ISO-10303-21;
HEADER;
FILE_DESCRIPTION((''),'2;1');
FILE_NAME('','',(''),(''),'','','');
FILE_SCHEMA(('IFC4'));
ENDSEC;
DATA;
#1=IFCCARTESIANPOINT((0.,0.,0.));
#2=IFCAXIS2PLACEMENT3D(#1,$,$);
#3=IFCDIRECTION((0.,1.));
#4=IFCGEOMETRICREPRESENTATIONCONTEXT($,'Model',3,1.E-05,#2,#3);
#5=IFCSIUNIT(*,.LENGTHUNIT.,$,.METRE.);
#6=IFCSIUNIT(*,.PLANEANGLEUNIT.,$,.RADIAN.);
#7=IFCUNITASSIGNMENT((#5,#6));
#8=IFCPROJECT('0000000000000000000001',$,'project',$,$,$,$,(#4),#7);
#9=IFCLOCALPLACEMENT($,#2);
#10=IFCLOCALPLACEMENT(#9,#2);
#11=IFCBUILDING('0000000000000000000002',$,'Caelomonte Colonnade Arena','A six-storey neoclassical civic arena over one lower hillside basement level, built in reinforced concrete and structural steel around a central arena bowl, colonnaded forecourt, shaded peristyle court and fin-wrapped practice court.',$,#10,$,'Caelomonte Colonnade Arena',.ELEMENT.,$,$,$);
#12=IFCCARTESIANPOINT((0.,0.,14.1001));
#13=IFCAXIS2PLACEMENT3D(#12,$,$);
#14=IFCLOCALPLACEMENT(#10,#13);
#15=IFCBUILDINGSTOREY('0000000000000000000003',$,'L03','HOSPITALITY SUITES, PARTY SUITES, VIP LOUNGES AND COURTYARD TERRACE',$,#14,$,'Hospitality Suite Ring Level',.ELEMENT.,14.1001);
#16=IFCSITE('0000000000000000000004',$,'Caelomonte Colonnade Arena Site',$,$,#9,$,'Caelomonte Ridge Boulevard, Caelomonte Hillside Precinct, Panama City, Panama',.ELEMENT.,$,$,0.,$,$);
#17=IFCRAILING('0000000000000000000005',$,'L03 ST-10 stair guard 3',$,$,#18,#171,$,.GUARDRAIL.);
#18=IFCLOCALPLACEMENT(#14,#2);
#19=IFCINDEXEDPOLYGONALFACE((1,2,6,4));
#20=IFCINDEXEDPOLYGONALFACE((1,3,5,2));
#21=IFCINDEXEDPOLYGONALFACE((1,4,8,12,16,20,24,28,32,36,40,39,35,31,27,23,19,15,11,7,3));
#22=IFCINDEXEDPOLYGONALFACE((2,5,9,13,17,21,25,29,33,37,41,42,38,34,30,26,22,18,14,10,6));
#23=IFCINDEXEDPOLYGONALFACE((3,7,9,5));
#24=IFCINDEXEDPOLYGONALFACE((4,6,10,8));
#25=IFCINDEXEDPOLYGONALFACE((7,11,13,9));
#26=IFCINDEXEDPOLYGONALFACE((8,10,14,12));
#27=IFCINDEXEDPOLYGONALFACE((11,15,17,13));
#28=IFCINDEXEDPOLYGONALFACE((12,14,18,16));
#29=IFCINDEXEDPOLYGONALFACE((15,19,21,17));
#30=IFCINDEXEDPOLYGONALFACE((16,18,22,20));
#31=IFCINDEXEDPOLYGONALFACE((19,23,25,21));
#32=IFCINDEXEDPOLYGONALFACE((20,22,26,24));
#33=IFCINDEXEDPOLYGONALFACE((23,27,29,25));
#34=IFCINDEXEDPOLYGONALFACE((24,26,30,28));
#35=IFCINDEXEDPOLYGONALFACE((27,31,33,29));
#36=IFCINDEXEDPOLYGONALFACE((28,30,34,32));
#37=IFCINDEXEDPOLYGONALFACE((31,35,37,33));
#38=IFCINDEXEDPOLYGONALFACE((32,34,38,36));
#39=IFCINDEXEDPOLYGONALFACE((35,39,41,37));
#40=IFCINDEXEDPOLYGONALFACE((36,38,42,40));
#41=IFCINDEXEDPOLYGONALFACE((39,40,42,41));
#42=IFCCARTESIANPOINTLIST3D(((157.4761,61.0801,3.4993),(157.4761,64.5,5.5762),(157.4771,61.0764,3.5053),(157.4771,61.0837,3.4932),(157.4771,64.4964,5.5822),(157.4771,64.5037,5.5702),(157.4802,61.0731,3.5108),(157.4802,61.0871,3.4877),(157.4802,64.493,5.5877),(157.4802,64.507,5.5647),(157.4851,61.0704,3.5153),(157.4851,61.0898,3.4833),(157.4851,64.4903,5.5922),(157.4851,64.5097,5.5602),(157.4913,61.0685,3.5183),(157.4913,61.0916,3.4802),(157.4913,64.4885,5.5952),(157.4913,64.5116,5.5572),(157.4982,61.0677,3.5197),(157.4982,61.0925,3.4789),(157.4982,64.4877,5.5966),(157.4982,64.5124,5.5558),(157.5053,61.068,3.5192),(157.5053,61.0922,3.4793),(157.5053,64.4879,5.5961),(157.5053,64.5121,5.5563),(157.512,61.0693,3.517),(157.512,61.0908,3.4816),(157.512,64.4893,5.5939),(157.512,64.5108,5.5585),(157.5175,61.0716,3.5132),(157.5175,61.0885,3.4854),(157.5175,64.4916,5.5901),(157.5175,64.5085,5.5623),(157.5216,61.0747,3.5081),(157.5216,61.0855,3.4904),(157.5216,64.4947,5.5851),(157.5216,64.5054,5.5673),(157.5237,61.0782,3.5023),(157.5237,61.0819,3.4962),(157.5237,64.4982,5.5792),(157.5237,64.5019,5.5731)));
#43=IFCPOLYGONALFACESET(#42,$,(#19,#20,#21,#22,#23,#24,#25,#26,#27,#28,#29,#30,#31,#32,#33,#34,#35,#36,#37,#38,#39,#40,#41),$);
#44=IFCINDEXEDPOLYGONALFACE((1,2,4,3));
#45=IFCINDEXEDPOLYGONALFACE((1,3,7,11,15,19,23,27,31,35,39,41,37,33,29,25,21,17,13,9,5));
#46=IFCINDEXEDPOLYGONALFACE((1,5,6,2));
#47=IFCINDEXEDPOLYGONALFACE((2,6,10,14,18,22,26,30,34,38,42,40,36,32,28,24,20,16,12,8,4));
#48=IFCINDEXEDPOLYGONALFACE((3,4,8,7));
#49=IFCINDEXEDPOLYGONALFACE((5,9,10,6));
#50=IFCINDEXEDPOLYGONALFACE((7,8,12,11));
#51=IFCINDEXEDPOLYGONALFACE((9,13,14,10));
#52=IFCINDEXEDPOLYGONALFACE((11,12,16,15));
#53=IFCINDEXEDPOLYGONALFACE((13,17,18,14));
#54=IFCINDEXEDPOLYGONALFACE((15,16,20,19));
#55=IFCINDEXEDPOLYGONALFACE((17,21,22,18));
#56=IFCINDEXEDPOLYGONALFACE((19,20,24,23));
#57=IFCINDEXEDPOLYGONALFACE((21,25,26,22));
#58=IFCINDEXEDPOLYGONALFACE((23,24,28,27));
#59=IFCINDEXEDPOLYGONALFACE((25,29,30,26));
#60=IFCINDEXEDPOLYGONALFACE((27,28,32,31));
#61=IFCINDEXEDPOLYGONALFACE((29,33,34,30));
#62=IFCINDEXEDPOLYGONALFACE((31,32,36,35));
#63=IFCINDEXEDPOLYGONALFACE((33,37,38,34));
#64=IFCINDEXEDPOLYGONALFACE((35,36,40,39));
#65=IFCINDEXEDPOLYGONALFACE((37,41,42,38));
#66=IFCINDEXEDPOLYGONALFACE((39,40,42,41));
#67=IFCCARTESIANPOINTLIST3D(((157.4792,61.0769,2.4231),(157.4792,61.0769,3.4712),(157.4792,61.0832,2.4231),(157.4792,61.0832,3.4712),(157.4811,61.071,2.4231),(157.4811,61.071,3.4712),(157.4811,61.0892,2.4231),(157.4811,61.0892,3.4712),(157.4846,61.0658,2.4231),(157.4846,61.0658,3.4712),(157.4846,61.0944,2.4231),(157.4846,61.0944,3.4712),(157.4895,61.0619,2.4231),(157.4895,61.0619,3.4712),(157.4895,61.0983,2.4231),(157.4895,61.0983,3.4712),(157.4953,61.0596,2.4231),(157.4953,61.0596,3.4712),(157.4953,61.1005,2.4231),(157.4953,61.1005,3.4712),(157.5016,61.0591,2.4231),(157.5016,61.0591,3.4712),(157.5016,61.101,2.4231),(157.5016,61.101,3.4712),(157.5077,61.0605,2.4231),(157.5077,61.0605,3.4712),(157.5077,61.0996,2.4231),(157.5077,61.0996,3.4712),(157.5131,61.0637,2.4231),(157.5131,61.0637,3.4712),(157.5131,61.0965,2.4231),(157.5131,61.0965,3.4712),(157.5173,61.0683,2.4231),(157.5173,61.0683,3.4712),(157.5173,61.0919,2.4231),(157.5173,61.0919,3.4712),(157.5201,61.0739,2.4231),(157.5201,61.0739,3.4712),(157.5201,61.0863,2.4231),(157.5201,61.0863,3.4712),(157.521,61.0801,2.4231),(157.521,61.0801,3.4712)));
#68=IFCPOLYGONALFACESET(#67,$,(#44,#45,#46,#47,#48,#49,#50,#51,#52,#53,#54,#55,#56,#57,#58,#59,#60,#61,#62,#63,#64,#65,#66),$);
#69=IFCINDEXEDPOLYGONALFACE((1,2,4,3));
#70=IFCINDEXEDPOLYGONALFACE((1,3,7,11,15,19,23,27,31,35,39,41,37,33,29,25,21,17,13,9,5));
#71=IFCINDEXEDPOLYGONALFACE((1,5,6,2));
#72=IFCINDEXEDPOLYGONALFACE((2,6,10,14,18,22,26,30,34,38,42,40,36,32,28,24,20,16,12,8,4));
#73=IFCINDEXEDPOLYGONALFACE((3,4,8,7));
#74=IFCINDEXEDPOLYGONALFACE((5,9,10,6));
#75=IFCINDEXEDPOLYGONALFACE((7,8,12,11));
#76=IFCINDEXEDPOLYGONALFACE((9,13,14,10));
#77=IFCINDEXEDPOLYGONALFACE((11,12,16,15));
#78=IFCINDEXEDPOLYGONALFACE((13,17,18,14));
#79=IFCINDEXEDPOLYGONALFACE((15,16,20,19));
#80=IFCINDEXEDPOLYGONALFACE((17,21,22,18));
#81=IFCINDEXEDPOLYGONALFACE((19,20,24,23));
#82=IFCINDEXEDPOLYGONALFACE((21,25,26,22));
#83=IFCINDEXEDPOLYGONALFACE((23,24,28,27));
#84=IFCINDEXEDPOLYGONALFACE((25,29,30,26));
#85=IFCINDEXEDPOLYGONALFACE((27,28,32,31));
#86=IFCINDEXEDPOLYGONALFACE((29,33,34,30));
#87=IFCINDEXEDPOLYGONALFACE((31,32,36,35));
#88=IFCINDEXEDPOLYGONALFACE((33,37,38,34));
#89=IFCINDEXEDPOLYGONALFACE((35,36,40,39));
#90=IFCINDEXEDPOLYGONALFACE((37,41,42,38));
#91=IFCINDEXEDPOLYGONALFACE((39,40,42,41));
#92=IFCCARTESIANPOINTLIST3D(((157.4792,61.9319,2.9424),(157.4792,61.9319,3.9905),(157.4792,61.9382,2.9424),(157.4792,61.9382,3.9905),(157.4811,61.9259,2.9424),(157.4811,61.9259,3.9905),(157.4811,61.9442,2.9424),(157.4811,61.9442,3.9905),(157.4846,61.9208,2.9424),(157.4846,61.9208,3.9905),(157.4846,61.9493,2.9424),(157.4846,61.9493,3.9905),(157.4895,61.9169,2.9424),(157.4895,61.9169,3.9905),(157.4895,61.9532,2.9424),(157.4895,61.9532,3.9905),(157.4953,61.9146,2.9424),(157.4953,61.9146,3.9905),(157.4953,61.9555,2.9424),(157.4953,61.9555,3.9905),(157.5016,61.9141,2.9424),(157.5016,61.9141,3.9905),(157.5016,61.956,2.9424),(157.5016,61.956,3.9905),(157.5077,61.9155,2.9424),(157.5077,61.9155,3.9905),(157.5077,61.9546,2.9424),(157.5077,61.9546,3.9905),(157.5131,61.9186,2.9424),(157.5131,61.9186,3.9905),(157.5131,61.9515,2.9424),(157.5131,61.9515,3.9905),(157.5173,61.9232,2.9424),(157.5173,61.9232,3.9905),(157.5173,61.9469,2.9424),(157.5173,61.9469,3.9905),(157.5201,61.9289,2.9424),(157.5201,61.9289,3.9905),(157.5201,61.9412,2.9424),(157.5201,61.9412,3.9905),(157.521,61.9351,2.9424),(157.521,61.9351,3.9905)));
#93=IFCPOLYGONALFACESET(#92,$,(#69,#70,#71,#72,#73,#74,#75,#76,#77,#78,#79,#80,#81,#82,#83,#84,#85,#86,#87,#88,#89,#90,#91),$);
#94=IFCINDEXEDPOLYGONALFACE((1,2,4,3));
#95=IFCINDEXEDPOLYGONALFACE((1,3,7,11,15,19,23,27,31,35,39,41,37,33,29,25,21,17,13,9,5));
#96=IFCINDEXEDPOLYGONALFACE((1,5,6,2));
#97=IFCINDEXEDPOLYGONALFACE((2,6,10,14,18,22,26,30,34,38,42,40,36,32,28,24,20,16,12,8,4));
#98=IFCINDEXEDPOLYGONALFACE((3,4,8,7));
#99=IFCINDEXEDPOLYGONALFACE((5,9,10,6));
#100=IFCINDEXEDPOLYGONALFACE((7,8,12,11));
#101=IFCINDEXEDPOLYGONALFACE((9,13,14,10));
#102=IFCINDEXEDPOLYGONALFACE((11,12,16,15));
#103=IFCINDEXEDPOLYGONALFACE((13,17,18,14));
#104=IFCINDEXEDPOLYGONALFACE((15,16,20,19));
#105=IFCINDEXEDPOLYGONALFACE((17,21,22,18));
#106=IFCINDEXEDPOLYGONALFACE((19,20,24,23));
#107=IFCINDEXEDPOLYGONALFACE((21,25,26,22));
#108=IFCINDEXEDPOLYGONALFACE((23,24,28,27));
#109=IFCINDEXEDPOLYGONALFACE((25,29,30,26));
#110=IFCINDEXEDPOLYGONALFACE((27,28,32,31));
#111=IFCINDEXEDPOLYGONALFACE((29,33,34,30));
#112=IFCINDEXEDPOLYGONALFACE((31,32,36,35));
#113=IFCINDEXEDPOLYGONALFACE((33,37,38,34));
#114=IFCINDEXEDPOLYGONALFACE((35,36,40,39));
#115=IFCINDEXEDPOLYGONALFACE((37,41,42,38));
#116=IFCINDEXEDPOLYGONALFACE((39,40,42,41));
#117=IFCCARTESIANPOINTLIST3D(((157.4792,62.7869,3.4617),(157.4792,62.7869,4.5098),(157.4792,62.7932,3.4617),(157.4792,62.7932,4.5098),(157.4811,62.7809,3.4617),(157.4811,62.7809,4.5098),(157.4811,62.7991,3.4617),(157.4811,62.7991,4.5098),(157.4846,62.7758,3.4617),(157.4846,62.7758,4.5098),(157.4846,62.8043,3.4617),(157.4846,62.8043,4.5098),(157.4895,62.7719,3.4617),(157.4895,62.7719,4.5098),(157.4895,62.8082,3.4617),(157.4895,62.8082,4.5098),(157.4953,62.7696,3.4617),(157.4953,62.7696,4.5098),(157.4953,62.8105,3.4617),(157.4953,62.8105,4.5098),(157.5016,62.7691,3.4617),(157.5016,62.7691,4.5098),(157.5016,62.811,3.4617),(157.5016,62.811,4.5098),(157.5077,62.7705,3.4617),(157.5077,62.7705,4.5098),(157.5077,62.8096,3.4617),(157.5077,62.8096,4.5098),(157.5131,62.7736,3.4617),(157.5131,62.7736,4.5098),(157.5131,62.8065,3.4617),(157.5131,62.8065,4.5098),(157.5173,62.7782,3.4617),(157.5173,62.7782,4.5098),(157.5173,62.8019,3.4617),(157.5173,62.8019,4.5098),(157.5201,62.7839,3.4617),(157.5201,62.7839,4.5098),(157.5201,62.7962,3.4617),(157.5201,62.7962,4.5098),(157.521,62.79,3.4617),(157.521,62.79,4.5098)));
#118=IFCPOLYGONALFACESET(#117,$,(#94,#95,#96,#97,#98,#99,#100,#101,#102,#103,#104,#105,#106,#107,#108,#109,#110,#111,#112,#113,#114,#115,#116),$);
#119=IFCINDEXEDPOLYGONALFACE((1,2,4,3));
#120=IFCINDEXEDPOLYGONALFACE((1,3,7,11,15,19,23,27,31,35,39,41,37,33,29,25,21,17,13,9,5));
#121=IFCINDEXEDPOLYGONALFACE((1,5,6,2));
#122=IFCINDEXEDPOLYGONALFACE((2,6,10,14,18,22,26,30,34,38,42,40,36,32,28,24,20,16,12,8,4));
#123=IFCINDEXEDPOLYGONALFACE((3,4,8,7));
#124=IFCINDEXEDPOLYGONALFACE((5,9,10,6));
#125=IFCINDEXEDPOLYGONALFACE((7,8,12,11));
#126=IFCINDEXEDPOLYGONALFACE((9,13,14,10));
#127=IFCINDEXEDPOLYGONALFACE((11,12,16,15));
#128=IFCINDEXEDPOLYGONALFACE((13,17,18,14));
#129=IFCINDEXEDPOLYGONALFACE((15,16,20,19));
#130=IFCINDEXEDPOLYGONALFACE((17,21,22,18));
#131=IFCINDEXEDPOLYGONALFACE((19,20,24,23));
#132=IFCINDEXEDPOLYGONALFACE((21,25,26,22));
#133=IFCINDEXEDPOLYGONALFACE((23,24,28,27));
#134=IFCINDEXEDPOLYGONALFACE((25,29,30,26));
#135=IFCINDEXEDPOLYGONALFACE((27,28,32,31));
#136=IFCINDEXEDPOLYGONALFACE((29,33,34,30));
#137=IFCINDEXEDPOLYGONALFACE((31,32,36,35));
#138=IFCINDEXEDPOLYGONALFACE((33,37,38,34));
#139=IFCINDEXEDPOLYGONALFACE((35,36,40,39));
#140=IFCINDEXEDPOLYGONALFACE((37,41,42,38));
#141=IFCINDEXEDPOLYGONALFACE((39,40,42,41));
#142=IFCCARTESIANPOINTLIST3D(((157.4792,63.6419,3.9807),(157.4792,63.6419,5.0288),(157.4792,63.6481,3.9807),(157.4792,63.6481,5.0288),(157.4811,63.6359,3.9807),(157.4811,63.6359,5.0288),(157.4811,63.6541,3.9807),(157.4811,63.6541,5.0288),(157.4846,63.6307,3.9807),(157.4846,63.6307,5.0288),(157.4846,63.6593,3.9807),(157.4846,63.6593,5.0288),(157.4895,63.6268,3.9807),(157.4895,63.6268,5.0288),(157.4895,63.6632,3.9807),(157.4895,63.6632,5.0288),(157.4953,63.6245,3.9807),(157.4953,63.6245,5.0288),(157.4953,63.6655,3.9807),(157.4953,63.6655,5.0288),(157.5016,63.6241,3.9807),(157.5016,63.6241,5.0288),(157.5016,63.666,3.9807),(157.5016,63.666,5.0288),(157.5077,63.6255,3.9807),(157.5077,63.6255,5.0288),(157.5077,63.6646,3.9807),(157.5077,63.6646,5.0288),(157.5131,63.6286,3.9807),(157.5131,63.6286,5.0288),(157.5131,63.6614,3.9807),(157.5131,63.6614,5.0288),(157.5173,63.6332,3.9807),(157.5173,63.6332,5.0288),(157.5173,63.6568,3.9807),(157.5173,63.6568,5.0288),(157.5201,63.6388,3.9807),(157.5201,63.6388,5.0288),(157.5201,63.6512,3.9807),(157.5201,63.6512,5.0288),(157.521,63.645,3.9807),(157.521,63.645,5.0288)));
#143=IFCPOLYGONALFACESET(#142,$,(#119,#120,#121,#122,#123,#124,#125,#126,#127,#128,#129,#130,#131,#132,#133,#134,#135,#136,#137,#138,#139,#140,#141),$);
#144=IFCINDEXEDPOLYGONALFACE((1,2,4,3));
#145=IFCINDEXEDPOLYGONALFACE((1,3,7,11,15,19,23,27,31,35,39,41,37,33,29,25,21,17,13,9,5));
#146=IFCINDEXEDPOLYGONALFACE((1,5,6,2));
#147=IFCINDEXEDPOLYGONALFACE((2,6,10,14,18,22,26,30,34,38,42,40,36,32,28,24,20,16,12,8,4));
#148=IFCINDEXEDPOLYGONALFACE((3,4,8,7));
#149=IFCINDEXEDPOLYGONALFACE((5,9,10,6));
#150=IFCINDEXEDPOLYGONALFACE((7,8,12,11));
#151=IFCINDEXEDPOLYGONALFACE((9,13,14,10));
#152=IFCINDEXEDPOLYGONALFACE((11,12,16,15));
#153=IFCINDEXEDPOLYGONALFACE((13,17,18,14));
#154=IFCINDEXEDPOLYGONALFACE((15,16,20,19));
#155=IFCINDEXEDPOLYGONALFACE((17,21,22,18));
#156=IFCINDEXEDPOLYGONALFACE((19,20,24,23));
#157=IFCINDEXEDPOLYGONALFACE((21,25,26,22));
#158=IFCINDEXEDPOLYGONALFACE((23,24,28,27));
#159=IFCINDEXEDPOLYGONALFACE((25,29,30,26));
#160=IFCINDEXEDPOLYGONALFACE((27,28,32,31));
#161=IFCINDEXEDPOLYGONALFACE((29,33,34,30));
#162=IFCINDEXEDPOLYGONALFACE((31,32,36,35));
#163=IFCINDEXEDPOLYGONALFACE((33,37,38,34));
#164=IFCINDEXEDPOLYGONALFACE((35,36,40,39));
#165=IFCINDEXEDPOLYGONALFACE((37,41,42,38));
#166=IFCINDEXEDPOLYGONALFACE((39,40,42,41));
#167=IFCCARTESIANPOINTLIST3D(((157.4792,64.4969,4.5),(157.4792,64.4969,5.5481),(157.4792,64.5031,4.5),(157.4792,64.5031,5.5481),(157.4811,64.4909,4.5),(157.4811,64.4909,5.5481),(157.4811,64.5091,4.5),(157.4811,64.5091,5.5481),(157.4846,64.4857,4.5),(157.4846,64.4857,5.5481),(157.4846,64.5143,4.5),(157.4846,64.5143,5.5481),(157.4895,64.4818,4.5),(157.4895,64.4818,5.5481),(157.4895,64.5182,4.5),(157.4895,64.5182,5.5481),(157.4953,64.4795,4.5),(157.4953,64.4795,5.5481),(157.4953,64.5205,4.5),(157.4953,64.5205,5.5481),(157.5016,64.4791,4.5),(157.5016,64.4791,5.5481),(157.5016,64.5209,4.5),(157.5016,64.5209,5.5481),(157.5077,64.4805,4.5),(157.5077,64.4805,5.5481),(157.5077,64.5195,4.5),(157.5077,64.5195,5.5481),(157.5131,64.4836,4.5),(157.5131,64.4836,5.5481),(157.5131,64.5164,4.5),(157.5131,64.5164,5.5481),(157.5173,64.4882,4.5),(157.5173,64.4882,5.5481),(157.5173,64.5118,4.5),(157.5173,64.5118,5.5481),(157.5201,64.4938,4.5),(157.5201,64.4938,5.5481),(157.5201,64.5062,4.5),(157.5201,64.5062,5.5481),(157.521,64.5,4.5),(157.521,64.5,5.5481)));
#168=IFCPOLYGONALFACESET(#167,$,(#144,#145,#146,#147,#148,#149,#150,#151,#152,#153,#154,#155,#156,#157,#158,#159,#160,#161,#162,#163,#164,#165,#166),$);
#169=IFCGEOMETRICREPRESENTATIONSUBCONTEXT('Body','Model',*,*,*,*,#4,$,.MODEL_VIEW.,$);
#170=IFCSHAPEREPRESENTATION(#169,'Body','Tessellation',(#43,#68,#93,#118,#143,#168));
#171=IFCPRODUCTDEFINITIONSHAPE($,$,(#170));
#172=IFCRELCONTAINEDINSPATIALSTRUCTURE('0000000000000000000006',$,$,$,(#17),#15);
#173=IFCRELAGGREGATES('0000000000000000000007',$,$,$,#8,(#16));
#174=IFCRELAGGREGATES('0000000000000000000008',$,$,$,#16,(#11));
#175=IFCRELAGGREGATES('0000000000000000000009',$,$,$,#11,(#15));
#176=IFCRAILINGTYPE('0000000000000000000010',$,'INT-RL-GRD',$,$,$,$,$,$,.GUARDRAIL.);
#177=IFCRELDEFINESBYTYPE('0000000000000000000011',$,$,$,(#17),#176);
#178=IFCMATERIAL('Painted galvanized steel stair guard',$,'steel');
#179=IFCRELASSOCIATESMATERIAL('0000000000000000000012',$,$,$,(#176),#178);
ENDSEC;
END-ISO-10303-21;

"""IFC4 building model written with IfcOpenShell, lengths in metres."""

from ifc_helpers import new_model, si_unit, direction, frame, origin, origin_2d, place, context, subcontext, project, spatial, circle, extrude, material, type_object, element, save


model = new_model("IFC4")

# Units and contexts
model_context = context("Model", 3, precision=1e-05, world=origin(), true_north=direction((0.0, 1.0)))
body_context = subcontext(model_context, "Body", "Model", "MODEL_VIEW")
ifc_project = project(units=[si_unit("LENGTHUNIT", "METRE"), si_unit("PLANEANGLEUNIT", "RADIAN")], contexts=[model_context])

# Site, building, storey
site_placement = place(None, origin())
site = spatial("IfcSite", under=ifc_project, at=site_placement, Name="Caelomonte Colonnade Arena Site", LongName="Caelomonte Ridge Boulevard, Caelomonte Hillside Precinct, Panama City, Panama", CompositionType="ELEMENT", RefElevation=0.0)
building_placement = place(site_placement, origin())
building = spatial("IfcBuilding", under=site, at=building_placement, Name="Caelomonte Colonnade Arena", Description="A six-storey neoclassical civic arena over one lower hillside basement level, built in reinforced concrete and structural steel around a central arena bowl, colonnaded forecourt, shaded peristyle court and fin-wrapped practice court.", LongName="Caelomonte Colonnade Arena", CompositionType="ELEMENT")
storey_placement = place(building_placement, frame((0.0, 0.0, 14.1001)))
storey = spatial("IfcBuildingStorey", under=building, at=storey_placement, Name="L03", Description="HOSPITALITY SUITES, PARTY SUITES, VIP LOUNGES AND COURTYARD TERRACE", LongName="Hospitality Suite Ring Level", CompositionType="ELEMENT", Elevation=14.1001)

# Railing
ifc_material_1 = material(Name="Painted galvanized steel stair guard", Category="steel")
railing_type_1 = type_object("IfcRailingType", Name="INT-RL-GRD", PredefinedType="GUARDRAIL", material=ifc_material_1)
railing_1_placement = place(storey_placement, frame((157.5, 61.0801, 2.4231)))
element("IfcRailing", 1, at=railing_1_placement, inside=storey, type_object=railing_type_1, Name="L03 ST-10 stair guard 3", PredefinedType="GUARDRAIL", context=body_context, shape_type="SweptSolid", body=[
    extrude(circle(Radius=0.0239, at=origin_2d()), frame((0.0, 0.0, 1.0762), z_axis=(0.0, 0.85473, 0.519074), x_axis=(-1.0, 0.0, 0.0)), (0.0, 0.0, 1.0), 4.0012),
    extrude(circle(Radius=0.021, at=origin_2d()), origin(), (0.0, 0.0, 1.0), 1.0481),
    extrude(circle(Radius=0.021, at=origin_2d()), frame((0.0, 0.855, 0.5193)), (0.0, 0.0, 1.0), 1.0481),
    extrude(circle(Radius=0.021, at=origin_2d()), frame((0.0, 1.71, 1.0386)), (0.0, 0.0, 1.0), 1.0481),
    extrude(circle(Radius=0.021, at=origin_2d()), frame((0.0, 2.5649, 1.5576)), (0.0, 0.0, 1.0), 1.0481),
    extrude(circle(Radius=0.021, at=origin_2d()), frame((0.0, 3.4199, 2.0769)), (0.0, 0.0, 1.0), 1.0481),
])

save(model, "model.ifc")
